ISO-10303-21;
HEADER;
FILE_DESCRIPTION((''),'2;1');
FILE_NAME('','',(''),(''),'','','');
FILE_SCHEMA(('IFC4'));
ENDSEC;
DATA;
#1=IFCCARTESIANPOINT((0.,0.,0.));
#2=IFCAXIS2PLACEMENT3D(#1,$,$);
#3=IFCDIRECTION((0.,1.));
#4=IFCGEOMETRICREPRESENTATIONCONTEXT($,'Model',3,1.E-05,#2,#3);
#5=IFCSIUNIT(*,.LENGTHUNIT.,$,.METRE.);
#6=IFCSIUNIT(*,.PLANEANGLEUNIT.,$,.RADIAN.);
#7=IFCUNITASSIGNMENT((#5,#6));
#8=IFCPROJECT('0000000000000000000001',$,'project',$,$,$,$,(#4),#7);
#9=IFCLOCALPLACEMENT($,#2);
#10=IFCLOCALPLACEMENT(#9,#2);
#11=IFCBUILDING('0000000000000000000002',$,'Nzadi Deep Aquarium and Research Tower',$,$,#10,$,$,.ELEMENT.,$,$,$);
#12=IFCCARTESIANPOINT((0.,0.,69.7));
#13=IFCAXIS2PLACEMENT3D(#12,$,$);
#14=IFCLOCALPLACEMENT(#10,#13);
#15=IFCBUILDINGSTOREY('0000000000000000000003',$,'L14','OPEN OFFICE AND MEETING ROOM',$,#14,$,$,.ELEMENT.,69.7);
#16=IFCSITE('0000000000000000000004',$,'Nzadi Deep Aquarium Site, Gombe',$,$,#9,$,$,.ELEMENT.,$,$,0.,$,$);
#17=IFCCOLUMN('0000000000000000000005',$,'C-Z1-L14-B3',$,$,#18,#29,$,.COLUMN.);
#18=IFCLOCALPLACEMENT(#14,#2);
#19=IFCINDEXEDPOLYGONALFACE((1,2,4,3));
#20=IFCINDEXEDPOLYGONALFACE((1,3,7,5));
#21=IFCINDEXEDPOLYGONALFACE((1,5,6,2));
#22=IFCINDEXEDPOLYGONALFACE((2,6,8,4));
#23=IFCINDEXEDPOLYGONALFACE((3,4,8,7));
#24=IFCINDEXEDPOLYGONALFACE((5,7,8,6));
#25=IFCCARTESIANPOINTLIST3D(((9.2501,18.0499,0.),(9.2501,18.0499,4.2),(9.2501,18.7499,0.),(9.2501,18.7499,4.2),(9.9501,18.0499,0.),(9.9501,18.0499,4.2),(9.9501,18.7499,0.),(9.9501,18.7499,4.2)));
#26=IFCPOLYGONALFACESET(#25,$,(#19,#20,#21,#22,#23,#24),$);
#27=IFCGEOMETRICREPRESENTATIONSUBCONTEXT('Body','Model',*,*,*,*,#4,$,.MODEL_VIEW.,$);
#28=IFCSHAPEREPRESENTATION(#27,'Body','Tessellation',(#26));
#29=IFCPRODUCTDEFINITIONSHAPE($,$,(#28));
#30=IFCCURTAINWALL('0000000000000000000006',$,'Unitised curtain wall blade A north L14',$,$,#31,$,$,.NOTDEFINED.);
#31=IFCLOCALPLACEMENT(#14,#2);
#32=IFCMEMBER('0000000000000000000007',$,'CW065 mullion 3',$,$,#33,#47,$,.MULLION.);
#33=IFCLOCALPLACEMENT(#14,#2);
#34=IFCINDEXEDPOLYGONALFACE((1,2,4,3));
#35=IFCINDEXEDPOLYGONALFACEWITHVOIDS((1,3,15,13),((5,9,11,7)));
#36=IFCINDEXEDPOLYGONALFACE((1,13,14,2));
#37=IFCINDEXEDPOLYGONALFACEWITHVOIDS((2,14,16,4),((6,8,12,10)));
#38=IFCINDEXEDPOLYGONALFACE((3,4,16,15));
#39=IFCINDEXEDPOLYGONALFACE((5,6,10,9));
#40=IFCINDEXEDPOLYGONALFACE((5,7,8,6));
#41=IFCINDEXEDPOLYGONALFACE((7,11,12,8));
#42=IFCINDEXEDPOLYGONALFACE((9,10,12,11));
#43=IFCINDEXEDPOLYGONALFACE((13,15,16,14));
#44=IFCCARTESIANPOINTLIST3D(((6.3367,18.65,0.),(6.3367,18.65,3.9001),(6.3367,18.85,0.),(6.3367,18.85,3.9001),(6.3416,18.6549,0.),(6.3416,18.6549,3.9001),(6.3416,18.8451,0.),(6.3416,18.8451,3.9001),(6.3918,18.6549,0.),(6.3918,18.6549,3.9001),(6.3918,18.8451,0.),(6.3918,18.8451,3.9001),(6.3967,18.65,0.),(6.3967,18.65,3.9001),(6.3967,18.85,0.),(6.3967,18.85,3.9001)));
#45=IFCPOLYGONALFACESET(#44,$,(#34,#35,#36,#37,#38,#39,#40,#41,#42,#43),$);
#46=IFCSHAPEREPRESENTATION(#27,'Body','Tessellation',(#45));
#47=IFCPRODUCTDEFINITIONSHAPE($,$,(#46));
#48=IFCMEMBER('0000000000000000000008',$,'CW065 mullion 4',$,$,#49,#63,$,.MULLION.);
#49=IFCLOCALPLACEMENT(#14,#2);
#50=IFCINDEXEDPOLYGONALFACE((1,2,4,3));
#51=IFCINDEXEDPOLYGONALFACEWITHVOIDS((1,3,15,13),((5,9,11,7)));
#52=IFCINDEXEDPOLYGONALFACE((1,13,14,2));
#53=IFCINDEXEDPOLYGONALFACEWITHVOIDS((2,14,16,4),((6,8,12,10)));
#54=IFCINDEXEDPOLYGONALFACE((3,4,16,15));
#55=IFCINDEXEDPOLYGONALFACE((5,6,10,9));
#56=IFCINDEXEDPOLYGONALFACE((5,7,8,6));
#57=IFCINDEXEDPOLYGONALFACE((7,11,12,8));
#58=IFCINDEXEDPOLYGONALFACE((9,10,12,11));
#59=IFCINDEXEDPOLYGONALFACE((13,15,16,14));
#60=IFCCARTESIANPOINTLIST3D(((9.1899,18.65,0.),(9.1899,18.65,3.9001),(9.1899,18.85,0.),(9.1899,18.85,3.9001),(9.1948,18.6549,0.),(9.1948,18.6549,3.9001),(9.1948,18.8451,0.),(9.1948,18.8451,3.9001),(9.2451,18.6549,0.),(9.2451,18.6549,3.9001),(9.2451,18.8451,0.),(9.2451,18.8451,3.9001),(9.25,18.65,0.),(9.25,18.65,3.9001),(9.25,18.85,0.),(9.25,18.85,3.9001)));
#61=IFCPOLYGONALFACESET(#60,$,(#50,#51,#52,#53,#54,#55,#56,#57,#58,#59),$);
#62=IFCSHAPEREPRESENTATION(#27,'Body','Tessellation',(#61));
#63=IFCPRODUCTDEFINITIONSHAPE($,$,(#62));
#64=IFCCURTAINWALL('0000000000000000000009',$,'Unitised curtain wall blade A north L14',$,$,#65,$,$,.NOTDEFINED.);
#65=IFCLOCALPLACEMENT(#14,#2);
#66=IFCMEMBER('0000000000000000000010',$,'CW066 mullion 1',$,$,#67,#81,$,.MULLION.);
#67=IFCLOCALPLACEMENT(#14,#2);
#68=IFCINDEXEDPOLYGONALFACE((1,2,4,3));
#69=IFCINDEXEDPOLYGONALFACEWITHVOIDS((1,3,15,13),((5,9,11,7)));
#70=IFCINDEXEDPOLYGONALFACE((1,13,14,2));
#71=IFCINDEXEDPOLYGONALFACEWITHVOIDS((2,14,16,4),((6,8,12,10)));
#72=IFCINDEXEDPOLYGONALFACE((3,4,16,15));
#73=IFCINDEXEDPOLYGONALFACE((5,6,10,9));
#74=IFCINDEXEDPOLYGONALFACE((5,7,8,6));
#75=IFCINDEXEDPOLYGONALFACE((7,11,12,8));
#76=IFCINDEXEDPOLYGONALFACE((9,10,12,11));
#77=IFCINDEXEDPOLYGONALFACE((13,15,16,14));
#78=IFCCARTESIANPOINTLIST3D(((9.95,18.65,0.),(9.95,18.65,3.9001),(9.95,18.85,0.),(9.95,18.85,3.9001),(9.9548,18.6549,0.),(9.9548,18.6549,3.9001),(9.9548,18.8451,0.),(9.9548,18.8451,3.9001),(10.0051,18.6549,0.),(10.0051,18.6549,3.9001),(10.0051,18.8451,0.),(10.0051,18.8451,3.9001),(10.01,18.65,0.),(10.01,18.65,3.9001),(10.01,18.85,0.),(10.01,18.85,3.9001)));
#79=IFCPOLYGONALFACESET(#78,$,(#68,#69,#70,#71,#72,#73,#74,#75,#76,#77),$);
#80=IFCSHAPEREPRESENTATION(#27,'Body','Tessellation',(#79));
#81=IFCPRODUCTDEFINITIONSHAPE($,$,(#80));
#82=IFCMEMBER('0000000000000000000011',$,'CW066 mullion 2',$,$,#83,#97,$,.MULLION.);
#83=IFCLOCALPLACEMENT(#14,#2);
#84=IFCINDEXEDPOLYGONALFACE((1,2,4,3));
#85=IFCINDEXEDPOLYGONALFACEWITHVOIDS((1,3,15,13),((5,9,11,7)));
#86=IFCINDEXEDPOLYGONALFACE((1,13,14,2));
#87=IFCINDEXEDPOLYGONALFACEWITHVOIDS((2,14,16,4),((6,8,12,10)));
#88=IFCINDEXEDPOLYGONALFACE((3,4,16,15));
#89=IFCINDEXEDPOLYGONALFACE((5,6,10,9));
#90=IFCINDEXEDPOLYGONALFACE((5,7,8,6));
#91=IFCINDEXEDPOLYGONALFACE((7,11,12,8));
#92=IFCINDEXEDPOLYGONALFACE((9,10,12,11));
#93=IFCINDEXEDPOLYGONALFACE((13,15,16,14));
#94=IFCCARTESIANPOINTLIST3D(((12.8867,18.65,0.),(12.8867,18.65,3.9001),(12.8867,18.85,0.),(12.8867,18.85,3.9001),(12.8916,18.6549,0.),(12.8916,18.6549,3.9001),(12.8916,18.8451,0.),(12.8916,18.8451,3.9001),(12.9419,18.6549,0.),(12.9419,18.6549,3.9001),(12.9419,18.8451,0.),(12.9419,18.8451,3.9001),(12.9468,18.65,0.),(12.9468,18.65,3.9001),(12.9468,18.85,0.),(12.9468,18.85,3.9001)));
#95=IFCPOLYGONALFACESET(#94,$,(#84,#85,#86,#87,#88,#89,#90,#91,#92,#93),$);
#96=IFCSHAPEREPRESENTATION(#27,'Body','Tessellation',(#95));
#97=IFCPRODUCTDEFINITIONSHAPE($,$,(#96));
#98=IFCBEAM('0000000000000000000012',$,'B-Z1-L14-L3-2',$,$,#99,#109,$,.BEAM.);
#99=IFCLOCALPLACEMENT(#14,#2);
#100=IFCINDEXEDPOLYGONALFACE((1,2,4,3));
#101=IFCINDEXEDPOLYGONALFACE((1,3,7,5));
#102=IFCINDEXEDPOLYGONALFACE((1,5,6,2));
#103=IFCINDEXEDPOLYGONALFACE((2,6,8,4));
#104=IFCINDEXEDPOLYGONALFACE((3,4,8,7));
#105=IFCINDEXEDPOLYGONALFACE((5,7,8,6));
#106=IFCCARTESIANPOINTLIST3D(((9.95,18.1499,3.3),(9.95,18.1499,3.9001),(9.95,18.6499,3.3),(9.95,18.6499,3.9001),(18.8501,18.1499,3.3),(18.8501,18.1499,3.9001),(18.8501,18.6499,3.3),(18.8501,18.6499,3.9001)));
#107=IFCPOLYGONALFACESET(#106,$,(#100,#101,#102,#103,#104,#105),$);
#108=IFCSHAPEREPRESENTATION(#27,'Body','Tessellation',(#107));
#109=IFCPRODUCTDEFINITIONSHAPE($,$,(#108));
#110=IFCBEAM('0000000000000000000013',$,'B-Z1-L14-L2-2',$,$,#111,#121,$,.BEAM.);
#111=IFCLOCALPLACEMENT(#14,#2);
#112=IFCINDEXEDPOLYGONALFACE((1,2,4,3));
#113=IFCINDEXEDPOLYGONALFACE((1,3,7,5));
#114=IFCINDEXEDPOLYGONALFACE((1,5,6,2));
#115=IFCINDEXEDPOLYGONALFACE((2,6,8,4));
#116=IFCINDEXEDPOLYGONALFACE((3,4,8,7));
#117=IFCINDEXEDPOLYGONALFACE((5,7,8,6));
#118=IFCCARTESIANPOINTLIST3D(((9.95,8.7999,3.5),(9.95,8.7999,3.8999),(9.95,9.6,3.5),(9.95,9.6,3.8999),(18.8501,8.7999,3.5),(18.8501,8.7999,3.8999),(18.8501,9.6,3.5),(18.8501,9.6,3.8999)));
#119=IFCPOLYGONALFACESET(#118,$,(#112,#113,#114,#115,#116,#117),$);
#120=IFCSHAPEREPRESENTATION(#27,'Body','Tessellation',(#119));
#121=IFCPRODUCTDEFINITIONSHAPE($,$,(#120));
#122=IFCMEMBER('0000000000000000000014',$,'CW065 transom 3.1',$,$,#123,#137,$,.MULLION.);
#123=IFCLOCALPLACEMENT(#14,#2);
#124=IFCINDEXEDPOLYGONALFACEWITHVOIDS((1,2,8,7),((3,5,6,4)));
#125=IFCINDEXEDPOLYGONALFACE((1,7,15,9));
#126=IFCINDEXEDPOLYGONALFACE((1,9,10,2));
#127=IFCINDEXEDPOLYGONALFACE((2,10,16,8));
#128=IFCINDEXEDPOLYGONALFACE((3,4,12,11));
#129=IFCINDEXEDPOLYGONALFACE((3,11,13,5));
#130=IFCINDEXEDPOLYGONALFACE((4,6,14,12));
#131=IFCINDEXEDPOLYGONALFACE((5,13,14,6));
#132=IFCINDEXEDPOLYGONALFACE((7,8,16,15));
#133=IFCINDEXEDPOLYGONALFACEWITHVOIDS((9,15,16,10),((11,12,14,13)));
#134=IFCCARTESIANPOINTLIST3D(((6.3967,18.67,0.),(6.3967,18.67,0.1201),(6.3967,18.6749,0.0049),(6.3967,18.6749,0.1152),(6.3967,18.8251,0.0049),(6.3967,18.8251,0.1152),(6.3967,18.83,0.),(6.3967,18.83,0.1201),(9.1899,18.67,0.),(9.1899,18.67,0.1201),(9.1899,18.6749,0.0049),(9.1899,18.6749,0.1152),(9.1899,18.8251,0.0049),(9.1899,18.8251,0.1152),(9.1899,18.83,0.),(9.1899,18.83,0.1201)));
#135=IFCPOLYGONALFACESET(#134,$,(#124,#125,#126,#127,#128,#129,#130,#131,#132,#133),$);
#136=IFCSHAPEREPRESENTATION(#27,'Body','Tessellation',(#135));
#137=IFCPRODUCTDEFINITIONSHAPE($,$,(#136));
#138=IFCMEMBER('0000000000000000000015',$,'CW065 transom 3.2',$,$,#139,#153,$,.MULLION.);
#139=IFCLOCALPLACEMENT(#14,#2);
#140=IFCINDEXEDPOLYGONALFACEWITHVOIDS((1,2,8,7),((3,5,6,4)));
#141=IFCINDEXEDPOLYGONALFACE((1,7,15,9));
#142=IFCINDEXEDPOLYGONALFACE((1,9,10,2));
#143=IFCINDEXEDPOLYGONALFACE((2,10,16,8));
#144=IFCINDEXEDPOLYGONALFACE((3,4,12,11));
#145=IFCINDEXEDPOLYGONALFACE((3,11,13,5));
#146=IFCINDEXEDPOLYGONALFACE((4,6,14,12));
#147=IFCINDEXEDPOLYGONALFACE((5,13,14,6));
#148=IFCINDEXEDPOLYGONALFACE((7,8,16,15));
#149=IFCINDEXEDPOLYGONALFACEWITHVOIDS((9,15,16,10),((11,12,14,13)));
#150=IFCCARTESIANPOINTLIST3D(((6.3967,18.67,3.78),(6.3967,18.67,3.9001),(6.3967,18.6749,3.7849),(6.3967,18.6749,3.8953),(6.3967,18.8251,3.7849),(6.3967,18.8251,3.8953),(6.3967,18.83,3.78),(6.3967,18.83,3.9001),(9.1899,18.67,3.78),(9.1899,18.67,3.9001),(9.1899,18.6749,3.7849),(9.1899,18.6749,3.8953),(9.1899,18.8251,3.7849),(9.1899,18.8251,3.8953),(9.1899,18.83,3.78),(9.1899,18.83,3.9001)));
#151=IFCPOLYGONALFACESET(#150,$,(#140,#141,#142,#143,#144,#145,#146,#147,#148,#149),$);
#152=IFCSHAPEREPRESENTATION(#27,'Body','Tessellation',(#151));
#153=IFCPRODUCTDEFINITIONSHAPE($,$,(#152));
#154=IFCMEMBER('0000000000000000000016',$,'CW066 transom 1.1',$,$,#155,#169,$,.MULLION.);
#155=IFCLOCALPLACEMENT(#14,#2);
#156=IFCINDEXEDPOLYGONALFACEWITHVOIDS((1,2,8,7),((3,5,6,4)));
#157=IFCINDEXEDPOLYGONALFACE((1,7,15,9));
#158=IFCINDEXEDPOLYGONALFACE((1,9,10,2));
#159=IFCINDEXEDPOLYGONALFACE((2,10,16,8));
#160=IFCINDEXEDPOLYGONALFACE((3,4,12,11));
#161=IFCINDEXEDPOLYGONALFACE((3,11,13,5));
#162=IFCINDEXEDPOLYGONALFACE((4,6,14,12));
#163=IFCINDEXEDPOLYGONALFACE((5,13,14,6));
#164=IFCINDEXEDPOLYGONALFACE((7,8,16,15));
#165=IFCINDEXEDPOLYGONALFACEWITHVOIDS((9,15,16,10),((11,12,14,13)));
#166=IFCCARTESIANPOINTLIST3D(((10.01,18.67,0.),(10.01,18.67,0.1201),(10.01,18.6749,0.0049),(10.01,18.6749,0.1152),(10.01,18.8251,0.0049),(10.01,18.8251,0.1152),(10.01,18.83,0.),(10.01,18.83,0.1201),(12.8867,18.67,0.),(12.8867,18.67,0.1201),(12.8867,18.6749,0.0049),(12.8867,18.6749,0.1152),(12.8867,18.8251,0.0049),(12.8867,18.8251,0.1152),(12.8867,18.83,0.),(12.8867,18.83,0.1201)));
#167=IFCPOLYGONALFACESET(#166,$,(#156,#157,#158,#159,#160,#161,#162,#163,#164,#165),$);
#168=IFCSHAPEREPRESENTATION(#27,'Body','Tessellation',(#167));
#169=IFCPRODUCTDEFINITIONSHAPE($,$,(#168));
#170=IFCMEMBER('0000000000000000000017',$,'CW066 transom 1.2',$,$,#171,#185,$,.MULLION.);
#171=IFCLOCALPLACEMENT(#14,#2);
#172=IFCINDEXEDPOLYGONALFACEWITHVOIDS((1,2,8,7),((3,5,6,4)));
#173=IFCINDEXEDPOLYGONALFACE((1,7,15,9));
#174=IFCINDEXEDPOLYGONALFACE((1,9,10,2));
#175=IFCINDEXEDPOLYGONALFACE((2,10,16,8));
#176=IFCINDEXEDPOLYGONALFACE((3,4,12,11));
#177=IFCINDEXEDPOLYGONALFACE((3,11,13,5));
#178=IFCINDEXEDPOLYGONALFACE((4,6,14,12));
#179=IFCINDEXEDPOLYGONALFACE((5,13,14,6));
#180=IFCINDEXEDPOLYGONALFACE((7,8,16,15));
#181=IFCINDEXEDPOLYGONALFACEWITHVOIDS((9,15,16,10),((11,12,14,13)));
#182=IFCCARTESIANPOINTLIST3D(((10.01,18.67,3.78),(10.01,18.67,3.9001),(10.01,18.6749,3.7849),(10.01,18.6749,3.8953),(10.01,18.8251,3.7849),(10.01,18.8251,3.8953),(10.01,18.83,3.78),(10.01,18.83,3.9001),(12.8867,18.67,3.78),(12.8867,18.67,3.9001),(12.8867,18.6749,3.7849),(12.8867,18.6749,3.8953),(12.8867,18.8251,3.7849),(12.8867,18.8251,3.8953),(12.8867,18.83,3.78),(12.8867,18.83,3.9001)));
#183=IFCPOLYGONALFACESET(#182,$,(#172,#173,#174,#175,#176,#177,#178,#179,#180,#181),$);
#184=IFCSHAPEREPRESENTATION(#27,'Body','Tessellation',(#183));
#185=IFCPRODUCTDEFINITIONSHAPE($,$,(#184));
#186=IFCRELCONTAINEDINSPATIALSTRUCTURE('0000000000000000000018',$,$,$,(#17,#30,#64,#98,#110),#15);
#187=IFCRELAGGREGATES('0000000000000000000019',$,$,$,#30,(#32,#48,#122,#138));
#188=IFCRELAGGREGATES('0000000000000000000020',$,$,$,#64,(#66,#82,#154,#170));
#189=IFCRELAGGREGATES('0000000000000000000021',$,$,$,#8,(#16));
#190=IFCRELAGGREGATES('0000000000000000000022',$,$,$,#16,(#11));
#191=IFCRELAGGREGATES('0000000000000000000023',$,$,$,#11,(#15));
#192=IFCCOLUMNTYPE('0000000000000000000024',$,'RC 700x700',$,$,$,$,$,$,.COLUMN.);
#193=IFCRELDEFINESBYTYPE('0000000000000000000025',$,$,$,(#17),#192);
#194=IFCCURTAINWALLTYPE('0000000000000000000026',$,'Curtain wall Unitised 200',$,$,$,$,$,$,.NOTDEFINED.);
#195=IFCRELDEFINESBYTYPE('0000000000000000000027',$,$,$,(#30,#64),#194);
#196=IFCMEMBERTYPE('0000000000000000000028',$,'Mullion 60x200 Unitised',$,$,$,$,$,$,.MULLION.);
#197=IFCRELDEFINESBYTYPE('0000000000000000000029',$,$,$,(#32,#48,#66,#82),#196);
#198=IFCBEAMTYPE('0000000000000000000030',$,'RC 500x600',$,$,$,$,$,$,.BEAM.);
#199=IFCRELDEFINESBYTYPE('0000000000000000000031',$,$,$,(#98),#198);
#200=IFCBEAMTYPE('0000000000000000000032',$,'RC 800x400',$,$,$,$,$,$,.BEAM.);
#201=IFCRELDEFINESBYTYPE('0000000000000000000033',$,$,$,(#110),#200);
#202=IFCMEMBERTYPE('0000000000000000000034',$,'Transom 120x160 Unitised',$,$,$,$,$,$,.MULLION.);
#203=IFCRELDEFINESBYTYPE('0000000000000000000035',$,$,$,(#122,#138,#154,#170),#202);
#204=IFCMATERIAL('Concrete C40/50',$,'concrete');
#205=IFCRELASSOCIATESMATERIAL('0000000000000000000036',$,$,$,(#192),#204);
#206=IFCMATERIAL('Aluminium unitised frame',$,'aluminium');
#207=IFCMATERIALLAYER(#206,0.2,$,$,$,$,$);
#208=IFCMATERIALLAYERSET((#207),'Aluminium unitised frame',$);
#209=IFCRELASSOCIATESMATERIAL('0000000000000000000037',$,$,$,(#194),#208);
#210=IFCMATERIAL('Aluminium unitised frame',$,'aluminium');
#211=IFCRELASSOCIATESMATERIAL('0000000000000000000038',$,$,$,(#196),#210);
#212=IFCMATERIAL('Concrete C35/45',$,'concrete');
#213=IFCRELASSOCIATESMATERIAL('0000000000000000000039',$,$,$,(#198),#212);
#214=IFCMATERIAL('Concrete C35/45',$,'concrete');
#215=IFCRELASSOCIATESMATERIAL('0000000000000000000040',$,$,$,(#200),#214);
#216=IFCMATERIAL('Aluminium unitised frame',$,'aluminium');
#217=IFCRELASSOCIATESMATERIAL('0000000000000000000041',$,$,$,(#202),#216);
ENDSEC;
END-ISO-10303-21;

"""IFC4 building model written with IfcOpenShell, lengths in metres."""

from ifc_helpers import new_model, si_unit, direction, frame, origin, origin_2d, place, context, subcontext, project, spatial, rectangle, hollow_rectangle, extrude, material, layer, layer_set, material_profile, profile_set, type_object, element, aggregate, save


model = new_model("IFC4")

# Units and contexts
model_context = context("Model", 3, precision=1e-05, world=origin(), true_north=direction((0.0, 1.0)))
body_context = subcontext(model_context, "Body", "Model", "MODEL_VIEW")
ifc_project = project(units=[si_unit("LENGTHUNIT", "METRE"), si_unit("PLANEANGLEUNIT", "RADIAN")], contexts=[model_context])

# Site, building, storey
site_placement = place(None, origin())
site = spatial("IfcSite", under=ifc_project, at=site_placement, Name="Nzadi Deep Aquarium Site, Gombe", CompositionType="ELEMENT", RefElevation=0.0)
building_placement = place(site_placement, origin())
building = spatial("IfcBuilding", under=site, at=building_placement, Name="Nzadi Deep Aquarium and Research Tower", CompositionType="ELEMENT")
storey_placement = place(building_placement, frame((0.0, 0.0, 69.7)))
storey = spatial("IfcBuildingStorey", under=building, at=storey_placement, Name="L14", Description="OPEN OFFICE AND MEETING ROOM", CompositionType="ELEMENT", Elevation=69.7)

# Column
ifc_material_1 = material(Name="Concrete C40/50", Category="concrete")
ifc_material_profile_1 = material_profile(ifc_material_1, rectangle(XDim=0.7, YDim=0.7, at=origin_2d()))
ifc_profile_set_1 = profile_set([ifc_material_profile_1], Name="Concrete C40/50")
column_type = type_object("IfcColumnType", Name="RC 700x700", PredefinedType="COLUMN", material=ifc_profile_set_1)
column_placement = place(storey_placement, frame((9.6001, 18.3999, 0.0), z_axis=(0.0, 0.0, 1.0), x_axis=(1.0, 0.0, 0.0)))
element("IfcColumn", 1, at=column_placement, inside=storey, type_object=column_type, Name="C-Z1-L14-B3", PredefinedType="COLUMN", context=body_context, shape_type="SweptSolid", body=[
    extrude(rectangle(XDim=0.7, YDim=0.7, at=origin_2d()), origin(), (0.0, 0.0, 1.0), 4.2),
])

# Curtain walls, members
ifc_material_2 = material(Name="Aluminium unitised frame", Category="aluminium")
ifc_layer_1 = layer(ifc_material_2, 0.2)
ifc_layer_set_1 = layer_set([ifc_layer_1], Name="Aluminium unitised frame")
curtain_wall_type = type_object("IfcCurtainWallType", Name="Curtain wall Unitised 200", PredefinedType="NOTDEFINED", material=ifc_layer_set_1)
curtain_wall_1_placement = place(storey_placement, origin())
curtain_wall_1 = element("IfcCurtainWall", 2, at=curtain_wall_1_placement, inside=storey, type_object=curtain_wall_type, Name="Unitised curtain wall blade A north L14", PredefinedType="NOTDEFINED")
ifc_material_3 = material(Name="Aluminium unitised frame", Category="aluminium")
ifc_material_profile_2 = material_profile(ifc_material_3, hollow_rectangle(XDim=0.2, YDim=0.0601, WallThickness=0.0049, at=origin_2d()))
ifc_profile_set_2 = profile_set([ifc_material_profile_2], Name="Aluminium unitised frame")
member_type_1 = type_object("IfcMemberType", Name="Mullion 60x200 Unitised", PredefinedType="MULLION", material=ifc_profile_set_2)
member_1_placement = place(storey_placement, frame((6.3667, 18.75, 0.0), z_axis=(0.0, 0.0, 1.0), x_axis=(0.0, 1.0, 0.0)))
member_1 = element("IfcMember", 3, at=member_1_placement, type_object=member_type_1, Name="CW065 mullion 3", PredefinedType="MULLION", context=body_context, shape_type="SweptSolid", body=[
    extrude(hollow_rectangle(XDim=0.2, YDim=0.0601, WallThickness=0.0049, at=origin_2d()), origin(), (0.0, 0.0, 1.0), 3.9001),
])
member_2_placement = place(storey_placement, frame((9.22, 18.75, 0.0), z_axis=(0.0, 0.0, 1.0), x_axis=(0.0, 1.0, 0.0)))
member_2 = element("IfcMember", 4, at=member_2_placement, type_object=member_type_1, Name="CW065 mullion 4", PredefinedType="MULLION", context=body_context, shape_type="SweptSolid", body=[
    extrude(hollow_rectangle(XDim=0.2, YDim=0.0601, WallThickness=0.0049, at=origin_2d()), origin(), (0.0, 0.0, 1.0), 3.9001),
])
curtain_wall_2_placement = place(storey_placement, origin())
curtain_wall_2 = element("IfcCurtainWall", 5, at=curtain_wall_2_placement, inside=storey, type_object=curtain_wall_type, Name="Unitised curtain wall blade A north L14", PredefinedType="NOTDEFINED")
member_3_placement = place(storey_placement, frame((9.98, 18.75, 0.0), z_axis=(0.0, 0.0, 1.0), x_axis=(0.0, 1.0, 0.0)))
member_3 = element("IfcMember", 6, at=member_3_placement, type_object=member_type_1, Name="CW066 mullion 1", PredefinedType="MULLION", context=body_context, shape_type="SweptSolid", body=[
    extrude(hollow_rectangle(XDim=0.2, YDim=0.0601, WallThickness=0.0049, at=origin_2d()), origin(), (0.0, 0.0, 1.0), 3.9001),
])
member_4_placement = place(storey_placement, frame((12.9167, 18.75, 0.0), z_axis=(0.0, 0.0, 1.0), x_axis=(0.0, 1.0, 0.0)))
member_4 = element("IfcMember", 7, at=member_4_placement, type_object=member_type_1, Name="CW066 mullion 2", PredefinedType="MULLION", context=body_context, shape_type="SweptSolid", body=[
    extrude(hollow_rectangle(XDim=0.2, YDim=0.0601, WallThickness=0.0049, at=origin_2d()), origin(), (0.0, 0.0, 1.0), 3.9001),
])

# Beams
ifc_material_4 = material(Name="Concrete C35/45", Category="concrete")
ifc_material_profile_3 = material_profile(ifc_material_4, rectangle(XDim=0.5, YDim=0.6001, at=origin_2d()))
ifc_profile_set_3 = profile_set([ifc_material_profile_3], Name="Concrete C35/45")
beam_type_1 = type_object("IfcBeamType", Name="RC 500x600", PredefinedType="BEAM", material=ifc_profile_set_3)
beam_1_placement = place(storey_placement, frame((9.95, 18.3999, 3.6001), z_axis=(1.0, 0.0, 0.0), x_axis=(0.0, 1.0, 0.0)))
element("IfcBeam", 8, at=beam_1_placement, inside=storey, type_object=beam_type_1, Name="B-Z1-L14-L3-2", PredefinedType="BEAM", context=body_context, shape_type="SweptSolid", body=[
    extrude(rectangle(XDim=0.5, YDim=0.6001, at=origin_2d()), origin(), (0.0, 0.0, 1.0), 8.9001),
])
ifc_material_5 = material(Name="Concrete C35/45", Category="concrete")
ifc_material_profile_4 = material_profile(ifc_material_5, rectangle(XDim=0.8, YDim=0.3999, at=origin_2d()))
ifc_profile_set_4 = profile_set([ifc_material_profile_4], Name="Concrete C35/45")
beam_type_2 = type_object("IfcBeamType", Name="RC 800x400", PredefinedType="BEAM", material=ifc_profile_set_4)
beam_2_placement = place(storey_placement, frame((9.95, 9.2, 3.7), z_axis=(1.0, 0.0, 0.0), x_axis=(0.0, 1.0, 0.0)))
element("IfcBeam", 9, at=beam_2_placement, inside=storey, type_object=beam_type_2, Name="B-Z1-L14-L2-2", PredefinedType="BEAM", context=body_context, shape_type="SweptSolid", body=[
    extrude(rectangle(XDim=0.8, YDim=0.3999, at=origin_2d()), origin(), (0.0, 0.0, 1.0), 8.9001),
])

# Members
ifc_material_6 = material(Name="Aluminium unitised frame", Category="aluminium")
ifc_material_profile_5 = material_profile(ifc_material_6, hollow_rectangle(XDim=0.1599, YDim=0.1201, WallThickness=0.0049, at=origin_2d()))
ifc_profile_set_5 = profile_set([ifc_material_profile_5], Name="Aluminium unitised frame")
member_type_2 = type_object("IfcMemberType", Name="Transom 120x160 Unitised", PredefinedType="MULLION", material=ifc_profile_set_5)
member_5_placement = place(storey_placement, frame((6.3967, 18.75, 0.0601), z_axis=(1.0, 0.0, 0.0), x_axis=(0.0, 1.0, 0.0)))
member_5 = element("IfcMember", 10, at=member_5_placement, type_object=member_type_2, Name="CW065 transom 3.1", PredefinedType="MULLION", context=body_context, shape_type="SweptSolid", body=[
    extrude(hollow_rectangle(XDim=0.1599, YDim=0.1201, WallThickness=0.0049, at=origin_2d()), origin(), (0.0, 0.0, 1.0), 2.7932),
])
member_6_placement = place(storey_placement, frame((6.3967, 18.75, 3.8401), z_axis=(1.0, 0.0, 0.0), x_axis=(0.0, 1.0, 0.0)))
member_6 = element("IfcMember", 11, at=member_6_placement, type_object=member_type_2, Name="CW065 transom 3.2", PredefinedType="MULLION", context=body_context, shape_type="SweptSolid", body=[
    extrude(hollow_rectangle(XDim=0.1599, YDim=0.1201, WallThickness=0.0049, at=origin_2d()), origin(), (0.0, 0.0, 1.0), 2.7932),
])
member_7_placement = place(storey_placement, frame((10.01, 18.75, 0.0601), z_axis=(1.0, 0.0, 0.0), x_axis=(0.0, 1.0, 0.0)))
member_7 = element("IfcMember", 12, at=member_7_placement, type_object=member_type_2, Name="CW066 transom 1.1", PredefinedType="MULLION", context=body_context, shape_type="SweptSolid", body=[
    extrude(hollow_rectangle(XDim=0.1599, YDim=0.1201, WallThickness=0.0049, at=origin_2d()), origin(), (0.0, 0.0, 1.0), 2.8767),
])
member_8_placement = place(storey_placement, frame((10.01, 18.75, 3.8401), z_axis=(1.0, 0.0, 0.0), x_axis=(0.0, 1.0, 0.0)))
member_8 = element("IfcMember", 13, at=member_8_placement, type_object=member_type_2, Name="CW066 transom 1.2", PredefinedType="MULLION", context=body_context, shape_type="SweptSolid", body=[
    extrude(hollow_rectangle(XDim=0.1599, YDim=0.1201, WallThickness=0.0049, at=origin_2d()), origin(), (0.0, 0.0, 1.0), 2.8767),
])

aggregate(curtain_wall_1, [member_1, member_2, member_5, member_6])
aggregate(curtain_wall_2, [member_3, member_4, member_7, member_8])

save(model, "model.ifc")
